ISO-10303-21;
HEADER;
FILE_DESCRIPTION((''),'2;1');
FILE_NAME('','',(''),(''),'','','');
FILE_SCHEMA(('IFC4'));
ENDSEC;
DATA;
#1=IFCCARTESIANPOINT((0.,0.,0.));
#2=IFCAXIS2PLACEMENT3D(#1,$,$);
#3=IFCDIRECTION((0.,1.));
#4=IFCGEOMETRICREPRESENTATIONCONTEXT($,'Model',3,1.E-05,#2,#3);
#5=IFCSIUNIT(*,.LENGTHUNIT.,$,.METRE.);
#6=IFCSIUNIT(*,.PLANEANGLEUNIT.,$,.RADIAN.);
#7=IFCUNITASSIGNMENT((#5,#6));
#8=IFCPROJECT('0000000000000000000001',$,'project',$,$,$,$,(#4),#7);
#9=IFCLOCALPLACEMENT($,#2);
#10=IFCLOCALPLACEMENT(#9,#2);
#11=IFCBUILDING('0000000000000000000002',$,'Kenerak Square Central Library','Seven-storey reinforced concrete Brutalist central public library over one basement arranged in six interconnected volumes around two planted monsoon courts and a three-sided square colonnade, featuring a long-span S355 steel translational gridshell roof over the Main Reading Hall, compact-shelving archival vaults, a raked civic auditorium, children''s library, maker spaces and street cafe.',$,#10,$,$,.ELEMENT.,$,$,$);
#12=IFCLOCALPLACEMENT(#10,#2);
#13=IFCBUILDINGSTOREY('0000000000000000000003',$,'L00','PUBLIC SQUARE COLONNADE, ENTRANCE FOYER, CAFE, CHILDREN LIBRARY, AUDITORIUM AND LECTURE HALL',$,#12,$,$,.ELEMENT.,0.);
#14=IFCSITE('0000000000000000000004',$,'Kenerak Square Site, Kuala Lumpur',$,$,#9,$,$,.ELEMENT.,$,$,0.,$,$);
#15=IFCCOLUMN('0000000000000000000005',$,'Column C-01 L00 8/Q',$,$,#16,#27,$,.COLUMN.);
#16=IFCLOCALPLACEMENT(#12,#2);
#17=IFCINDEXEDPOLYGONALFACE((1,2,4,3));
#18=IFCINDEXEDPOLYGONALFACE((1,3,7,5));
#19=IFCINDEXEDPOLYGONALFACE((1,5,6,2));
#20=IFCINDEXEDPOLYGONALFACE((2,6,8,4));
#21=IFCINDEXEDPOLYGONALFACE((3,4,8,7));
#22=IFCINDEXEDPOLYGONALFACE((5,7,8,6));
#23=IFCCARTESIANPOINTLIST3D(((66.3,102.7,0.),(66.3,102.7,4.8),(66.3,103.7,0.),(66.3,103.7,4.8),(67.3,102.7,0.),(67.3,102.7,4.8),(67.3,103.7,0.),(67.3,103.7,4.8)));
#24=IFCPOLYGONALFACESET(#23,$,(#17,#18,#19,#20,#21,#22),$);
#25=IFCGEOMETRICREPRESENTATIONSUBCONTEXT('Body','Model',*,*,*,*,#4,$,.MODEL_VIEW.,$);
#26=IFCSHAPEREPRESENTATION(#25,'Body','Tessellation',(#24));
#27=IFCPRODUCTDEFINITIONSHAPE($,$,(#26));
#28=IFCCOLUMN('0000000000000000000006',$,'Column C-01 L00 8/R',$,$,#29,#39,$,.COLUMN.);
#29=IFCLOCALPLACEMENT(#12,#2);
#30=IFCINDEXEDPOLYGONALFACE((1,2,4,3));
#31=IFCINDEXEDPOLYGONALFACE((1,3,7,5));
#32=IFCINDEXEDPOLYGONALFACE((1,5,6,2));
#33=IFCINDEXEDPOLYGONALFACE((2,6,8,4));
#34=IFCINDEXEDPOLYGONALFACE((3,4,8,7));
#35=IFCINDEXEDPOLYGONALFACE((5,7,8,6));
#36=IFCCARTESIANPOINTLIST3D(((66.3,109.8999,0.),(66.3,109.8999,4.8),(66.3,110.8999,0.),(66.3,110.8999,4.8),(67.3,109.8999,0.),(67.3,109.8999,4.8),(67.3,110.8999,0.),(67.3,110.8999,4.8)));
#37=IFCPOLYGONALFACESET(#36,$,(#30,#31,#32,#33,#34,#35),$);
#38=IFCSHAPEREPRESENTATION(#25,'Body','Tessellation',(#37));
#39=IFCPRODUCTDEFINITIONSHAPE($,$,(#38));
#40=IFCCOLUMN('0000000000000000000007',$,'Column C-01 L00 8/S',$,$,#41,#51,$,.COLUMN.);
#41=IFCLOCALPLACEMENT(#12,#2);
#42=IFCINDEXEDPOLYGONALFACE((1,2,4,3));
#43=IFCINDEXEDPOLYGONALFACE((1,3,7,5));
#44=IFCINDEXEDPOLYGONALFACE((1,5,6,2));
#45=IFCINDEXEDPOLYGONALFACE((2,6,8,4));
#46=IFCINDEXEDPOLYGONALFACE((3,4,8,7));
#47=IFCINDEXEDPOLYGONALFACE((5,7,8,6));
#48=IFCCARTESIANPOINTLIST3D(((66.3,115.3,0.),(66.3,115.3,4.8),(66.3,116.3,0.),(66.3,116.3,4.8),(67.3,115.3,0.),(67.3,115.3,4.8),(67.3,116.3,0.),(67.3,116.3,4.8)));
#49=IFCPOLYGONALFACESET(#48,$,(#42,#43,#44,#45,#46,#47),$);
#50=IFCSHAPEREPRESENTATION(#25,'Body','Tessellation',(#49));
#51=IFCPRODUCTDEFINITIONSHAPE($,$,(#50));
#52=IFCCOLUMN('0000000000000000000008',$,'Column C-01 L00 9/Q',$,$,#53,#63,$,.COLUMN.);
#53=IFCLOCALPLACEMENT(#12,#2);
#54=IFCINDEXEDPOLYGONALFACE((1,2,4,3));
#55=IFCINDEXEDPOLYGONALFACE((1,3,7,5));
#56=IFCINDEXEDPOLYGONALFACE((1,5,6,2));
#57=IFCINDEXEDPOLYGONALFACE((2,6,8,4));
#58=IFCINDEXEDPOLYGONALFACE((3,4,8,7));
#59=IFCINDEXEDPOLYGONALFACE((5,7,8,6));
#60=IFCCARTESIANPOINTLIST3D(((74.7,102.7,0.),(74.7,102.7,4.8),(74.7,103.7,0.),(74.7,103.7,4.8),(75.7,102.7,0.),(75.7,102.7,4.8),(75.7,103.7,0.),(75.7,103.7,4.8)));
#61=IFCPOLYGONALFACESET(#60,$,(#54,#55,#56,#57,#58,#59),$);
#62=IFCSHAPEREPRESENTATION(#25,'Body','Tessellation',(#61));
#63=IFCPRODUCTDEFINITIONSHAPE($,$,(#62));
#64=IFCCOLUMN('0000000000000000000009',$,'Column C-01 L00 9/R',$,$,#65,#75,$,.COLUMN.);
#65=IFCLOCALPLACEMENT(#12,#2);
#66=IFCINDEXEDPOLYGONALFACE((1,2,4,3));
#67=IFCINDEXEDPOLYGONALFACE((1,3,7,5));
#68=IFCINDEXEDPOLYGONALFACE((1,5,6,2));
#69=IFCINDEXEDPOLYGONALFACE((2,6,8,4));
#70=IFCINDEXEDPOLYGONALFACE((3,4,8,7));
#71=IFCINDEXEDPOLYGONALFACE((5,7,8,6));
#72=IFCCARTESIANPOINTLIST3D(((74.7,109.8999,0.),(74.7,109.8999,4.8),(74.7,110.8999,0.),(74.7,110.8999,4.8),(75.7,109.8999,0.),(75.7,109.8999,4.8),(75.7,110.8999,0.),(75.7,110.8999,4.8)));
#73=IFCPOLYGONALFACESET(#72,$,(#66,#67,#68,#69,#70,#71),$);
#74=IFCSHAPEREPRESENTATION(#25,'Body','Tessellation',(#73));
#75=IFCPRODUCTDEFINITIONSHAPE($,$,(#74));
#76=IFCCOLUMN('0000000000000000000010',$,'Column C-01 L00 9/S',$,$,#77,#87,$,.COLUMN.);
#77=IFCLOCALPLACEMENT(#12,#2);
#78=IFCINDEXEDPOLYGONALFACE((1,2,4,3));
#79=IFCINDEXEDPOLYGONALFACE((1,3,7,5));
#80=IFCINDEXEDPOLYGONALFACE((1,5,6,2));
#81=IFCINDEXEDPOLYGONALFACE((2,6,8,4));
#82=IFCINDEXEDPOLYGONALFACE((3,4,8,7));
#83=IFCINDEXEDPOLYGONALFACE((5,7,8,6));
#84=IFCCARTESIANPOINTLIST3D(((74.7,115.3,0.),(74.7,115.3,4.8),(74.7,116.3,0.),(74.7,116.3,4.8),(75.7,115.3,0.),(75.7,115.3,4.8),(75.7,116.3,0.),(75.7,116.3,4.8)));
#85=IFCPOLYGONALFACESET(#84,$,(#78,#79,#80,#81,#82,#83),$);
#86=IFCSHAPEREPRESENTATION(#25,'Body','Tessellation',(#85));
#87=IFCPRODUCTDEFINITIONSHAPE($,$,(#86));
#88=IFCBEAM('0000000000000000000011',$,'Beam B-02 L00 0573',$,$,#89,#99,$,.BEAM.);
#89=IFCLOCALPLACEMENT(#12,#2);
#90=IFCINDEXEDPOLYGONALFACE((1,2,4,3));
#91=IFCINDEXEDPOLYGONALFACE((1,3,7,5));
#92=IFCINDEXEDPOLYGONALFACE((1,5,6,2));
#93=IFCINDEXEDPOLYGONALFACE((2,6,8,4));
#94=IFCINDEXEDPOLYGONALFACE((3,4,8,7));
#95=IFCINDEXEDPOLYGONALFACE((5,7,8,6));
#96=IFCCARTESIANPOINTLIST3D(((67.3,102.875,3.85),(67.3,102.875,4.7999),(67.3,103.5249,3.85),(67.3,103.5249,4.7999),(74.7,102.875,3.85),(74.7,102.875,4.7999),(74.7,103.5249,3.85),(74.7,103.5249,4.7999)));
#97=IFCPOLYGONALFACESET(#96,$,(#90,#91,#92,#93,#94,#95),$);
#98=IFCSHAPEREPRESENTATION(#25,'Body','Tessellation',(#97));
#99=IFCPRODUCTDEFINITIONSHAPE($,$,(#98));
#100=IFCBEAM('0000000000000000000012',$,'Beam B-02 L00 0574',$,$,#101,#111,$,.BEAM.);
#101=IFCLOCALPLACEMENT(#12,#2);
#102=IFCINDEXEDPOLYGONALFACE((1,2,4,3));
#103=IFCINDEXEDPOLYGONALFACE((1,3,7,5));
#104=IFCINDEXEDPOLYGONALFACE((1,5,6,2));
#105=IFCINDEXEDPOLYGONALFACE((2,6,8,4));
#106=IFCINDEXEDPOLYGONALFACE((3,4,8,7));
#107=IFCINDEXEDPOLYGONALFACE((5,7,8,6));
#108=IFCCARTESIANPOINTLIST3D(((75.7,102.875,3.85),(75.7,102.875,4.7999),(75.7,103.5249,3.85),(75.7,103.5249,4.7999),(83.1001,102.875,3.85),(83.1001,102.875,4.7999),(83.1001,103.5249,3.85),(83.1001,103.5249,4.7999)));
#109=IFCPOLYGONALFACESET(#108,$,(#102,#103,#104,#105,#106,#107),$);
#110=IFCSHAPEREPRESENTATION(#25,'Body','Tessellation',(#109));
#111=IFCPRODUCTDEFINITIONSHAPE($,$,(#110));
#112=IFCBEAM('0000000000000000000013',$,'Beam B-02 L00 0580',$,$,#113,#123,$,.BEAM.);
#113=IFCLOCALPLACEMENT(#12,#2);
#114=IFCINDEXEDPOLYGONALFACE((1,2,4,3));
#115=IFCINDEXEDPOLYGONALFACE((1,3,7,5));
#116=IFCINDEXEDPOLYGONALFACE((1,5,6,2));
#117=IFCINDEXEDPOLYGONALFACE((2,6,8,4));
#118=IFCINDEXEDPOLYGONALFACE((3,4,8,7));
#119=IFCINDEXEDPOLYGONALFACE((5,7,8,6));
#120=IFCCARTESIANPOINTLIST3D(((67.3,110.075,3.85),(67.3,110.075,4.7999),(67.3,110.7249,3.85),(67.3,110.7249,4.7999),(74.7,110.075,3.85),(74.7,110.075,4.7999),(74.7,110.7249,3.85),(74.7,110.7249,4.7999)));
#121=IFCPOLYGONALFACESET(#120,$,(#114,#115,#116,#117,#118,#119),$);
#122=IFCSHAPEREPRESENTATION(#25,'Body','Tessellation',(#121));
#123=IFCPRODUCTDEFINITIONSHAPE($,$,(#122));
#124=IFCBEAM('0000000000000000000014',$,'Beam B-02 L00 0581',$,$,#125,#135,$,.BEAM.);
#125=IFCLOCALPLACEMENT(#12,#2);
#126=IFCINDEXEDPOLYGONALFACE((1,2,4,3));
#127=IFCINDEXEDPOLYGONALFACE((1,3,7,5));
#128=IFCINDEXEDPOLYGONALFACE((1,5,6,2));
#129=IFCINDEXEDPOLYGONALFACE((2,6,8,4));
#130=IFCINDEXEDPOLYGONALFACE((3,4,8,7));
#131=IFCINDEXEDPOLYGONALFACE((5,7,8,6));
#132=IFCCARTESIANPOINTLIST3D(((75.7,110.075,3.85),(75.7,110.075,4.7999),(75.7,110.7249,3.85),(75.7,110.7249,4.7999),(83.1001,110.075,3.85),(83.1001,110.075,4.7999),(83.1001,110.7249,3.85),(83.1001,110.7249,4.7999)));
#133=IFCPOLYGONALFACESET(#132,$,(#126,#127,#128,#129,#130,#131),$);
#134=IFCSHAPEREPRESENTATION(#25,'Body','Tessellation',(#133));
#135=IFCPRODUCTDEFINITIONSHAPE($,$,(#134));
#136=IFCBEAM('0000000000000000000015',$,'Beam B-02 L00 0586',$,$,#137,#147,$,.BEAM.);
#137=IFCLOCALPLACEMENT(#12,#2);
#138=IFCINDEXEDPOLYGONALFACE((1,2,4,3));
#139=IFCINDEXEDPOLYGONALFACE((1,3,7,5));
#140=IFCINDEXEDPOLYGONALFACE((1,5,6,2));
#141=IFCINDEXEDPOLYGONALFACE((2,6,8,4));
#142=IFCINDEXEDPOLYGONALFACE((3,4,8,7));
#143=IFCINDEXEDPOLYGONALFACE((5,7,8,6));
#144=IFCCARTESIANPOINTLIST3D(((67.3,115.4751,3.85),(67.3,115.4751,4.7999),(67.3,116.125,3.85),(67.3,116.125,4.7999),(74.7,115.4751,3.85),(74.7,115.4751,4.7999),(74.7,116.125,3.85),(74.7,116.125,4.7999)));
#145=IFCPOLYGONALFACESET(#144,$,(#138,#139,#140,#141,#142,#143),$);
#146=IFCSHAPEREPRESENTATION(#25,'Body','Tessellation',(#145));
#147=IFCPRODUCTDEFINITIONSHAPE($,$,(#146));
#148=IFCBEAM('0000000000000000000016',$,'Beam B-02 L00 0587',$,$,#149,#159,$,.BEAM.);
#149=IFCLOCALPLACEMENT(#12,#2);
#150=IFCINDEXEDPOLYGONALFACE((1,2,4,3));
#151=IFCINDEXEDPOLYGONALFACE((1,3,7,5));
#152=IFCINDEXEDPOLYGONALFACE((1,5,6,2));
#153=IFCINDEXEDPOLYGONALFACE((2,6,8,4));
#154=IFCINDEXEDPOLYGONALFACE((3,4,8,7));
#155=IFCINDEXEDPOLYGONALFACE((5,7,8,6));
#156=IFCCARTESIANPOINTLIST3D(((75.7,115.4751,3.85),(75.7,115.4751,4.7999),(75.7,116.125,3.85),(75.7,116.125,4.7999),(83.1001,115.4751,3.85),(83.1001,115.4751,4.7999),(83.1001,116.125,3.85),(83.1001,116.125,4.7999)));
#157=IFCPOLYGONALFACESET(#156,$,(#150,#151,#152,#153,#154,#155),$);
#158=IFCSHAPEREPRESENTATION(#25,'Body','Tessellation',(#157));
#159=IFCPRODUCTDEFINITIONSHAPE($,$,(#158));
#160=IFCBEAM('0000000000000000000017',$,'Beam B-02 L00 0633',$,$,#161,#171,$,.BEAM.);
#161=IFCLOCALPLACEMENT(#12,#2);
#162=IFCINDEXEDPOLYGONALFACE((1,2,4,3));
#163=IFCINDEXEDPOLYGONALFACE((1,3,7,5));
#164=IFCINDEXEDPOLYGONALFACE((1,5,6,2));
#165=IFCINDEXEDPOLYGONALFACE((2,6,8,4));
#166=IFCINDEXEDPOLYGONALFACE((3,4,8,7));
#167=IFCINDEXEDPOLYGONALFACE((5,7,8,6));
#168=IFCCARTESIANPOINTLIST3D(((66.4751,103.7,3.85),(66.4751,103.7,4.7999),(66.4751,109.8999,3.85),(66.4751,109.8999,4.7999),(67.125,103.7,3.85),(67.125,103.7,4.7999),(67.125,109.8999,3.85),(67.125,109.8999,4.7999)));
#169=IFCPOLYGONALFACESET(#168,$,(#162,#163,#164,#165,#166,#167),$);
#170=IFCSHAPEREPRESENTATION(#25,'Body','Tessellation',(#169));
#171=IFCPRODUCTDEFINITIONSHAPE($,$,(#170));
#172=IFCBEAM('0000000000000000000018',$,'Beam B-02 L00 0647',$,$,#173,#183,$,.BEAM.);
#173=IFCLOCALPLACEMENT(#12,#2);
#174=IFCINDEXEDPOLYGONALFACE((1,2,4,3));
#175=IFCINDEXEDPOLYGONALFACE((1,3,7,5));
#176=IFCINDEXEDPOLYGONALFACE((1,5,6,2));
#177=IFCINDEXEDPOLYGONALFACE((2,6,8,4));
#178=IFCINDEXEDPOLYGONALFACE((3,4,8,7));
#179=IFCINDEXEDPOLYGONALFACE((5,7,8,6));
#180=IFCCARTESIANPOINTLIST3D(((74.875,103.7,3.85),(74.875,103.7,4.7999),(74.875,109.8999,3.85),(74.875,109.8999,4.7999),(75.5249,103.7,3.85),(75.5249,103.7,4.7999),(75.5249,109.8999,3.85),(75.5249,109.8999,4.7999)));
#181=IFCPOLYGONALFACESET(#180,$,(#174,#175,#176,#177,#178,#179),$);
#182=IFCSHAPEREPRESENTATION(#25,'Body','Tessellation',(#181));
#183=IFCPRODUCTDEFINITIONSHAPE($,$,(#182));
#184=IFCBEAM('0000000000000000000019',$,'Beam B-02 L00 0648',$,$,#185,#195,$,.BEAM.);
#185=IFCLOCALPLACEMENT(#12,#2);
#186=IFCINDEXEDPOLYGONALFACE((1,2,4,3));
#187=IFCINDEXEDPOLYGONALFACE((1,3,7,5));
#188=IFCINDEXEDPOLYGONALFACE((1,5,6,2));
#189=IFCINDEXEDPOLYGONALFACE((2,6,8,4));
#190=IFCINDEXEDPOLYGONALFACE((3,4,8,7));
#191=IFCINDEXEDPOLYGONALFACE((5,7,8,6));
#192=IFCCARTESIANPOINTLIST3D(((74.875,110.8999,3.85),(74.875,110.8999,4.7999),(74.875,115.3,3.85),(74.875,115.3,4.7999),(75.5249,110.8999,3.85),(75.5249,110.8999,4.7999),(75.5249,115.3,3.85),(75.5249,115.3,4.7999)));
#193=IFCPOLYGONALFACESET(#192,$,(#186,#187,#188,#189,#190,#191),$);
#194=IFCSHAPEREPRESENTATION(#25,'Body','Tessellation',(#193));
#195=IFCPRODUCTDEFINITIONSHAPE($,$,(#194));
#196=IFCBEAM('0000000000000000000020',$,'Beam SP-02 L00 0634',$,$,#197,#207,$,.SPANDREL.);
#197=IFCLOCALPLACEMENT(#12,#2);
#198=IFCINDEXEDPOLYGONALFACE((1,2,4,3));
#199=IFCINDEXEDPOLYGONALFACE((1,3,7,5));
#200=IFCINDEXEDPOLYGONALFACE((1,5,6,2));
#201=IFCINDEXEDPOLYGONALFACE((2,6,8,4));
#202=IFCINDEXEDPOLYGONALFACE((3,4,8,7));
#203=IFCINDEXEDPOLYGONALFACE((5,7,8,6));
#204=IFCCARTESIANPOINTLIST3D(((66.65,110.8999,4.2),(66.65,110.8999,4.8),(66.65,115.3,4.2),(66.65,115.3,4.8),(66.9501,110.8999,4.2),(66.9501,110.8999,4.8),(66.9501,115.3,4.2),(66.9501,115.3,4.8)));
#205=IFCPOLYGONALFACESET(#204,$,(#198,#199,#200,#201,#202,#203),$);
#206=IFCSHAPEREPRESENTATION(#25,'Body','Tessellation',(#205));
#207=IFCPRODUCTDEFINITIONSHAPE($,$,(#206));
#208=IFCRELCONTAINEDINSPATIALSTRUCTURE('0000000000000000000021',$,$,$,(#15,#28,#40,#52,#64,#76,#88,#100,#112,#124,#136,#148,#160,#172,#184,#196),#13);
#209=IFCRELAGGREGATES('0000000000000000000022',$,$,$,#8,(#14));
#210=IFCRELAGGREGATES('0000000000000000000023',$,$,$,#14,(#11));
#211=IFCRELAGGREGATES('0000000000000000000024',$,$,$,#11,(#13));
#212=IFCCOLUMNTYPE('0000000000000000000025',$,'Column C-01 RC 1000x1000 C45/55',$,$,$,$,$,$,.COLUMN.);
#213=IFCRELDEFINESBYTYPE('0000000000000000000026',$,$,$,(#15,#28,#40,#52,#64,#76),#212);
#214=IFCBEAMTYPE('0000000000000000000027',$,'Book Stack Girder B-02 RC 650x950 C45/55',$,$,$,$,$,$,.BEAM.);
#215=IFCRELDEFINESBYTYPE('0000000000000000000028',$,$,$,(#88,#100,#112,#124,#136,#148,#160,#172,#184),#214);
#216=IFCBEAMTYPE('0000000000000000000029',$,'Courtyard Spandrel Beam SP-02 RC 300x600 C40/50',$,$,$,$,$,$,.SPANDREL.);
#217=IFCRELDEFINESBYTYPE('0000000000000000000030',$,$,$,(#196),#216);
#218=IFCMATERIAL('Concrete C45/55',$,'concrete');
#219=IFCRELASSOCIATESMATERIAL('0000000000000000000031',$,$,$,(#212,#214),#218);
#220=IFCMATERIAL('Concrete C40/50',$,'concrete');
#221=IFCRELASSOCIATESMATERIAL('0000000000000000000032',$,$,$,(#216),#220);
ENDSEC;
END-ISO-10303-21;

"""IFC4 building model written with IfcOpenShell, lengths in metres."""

from ifc_helpers import new_model, si_unit, direction, frame, origin, origin_2d, place, context, subcontext, project, spatial, rectangle, extrude, material, material_profile, profile_set, type_object, element, save


model = new_model("IFC4")

# Units and contexts
model_context = context("Model", 3, precision=1e-05, world=origin(), true_north=direction((0.0, 1.0)))
body_context = subcontext(model_context, "Body", "Model", "MODEL_VIEW")
ifc_project = project(units=[si_unit("LENGTHUNIT", "METRE"), si_unit("PLANEANGLEUNIT", "RADIAN")], contexts=[model_context])

# Site, building, storey
site_placement = place(None, origin())
site = spatial("IfcSite", under=ifc_project, at=site_placement, Name="Kenerak Square Site, Kuala Lumpur", CompositionType="ELEMENT", RefElevation=0.0)
building_placement = place(site_placement, origin())
building = spatial("IfcBuilding", under=site, at=building_placement, Name="Kenerak Square Central Library", Description="Seven-storey reinforced concrete Brutalist central public library over one basement arranged in six interconnected volumes around two planted monsoon courts and a three-sided square colonnade, featuring a long-span S355 steel translational gridshell roof over the Main Reading Hall, compact-shelving archival vaults, a raked civic auditorium, children's library, maker spaces and street cafe.", CompositionType="ELEMENT")
storey_placement = place(building_placement, origin())
storey = spatial("IfcBuildingStorey", under=building, at=storey_placement, Name="L00", Description="PUBLIC SQUARE COLONNADE, ENTRANCE FOYER, CAFE, CHILDREN LIBRARY, AUDITORIUM AND LECTURE HALL", CompositionType="ELEMENT", Elevation=0.0)

# Columns
ifc_material_1 = material(Name="Concrete C45/55", Category="concrete")
ifc_material_profile_1 = material_profile(ifc_material_1, rectangle(XDim=1.0, YDim=1.0, at=origin_2d()), Name="RC 1000x1000")
ifc_profile_set_1 = profile_set([ifc_material_profile_1], Name="Concrete C45/55")
column_type = type_object("IfcColumnType", Name="Column C-01 RC 1000x1000 C45/55", PredefinedType="COLUMN", material=ifc_profile_set_1)
for number, where, z_axis, x_axis, name in (
    (1, (66.8, 103.2, 0.0), (0.0, 0.0, 1.0), (1.0, 0.0, 0.0), "Column C-01 L00 8/Q"),
    (2, (66.8, 110.3999, 0.0), (0.0, 0.0, 1.0), (1.0, 0.0, 0.0), "Column C-01 L00 8/R"),
    (3, (66.8, 115.8, 0.0), (0.0, 0.0, 1.0), (1.0, 0.0, 0.0), "Column C-01 L00 8/S"),
    (4, (75.2, 103.2, 0.0), (0.0, 0.0, 1.0), (1.0, 0.0, 0.0), "Column C-01 L00 9/Q"),
    (5, (75.2, 110.3999, 0.0), (0.0, 0.0, 1.0), (1.0, 0.0, 0.0), "Column C-01 L00 9/R"),
    (6, (75.2, 115.8, 0.0), (0.0, 0.0, 1.0), (1.0, 0.0, 0.0), "Column C-01 L00 9/S"),
):
    element("IfcColumn", number, at=place(storey_placement, frame(where, z_axis=z_axis, x_axis=x_axis)), inside=storey, type_object=column_type, Name=name, PredefinedType="COLUMN", context=body_context, shape_type="SweptSolid", body=[
        extrude(rectangle(XDim=1.0, YDim=1.0, at=origin_2d()), origin(), (0.0, 0.0, 1.0), 4.8),
    ])

# Beams
ifc_material_profile_2 = material_profile(ifc_material_1, rectangle(XDim=0.6499, YDim=0.95, at=origin_2d()), Name="RC 650x950")
ifc_profile_set_2 = profile_set([ifc_material_profile_2], Name="Concrete C45/55")
beam_type_1 = type_object("IfcBeamType", Name="Book Stack Girder B-02 RC 650x950 C45/55", PredefinedType="BEAM", material=ifc_profile_set_2)
beam_1_placement = place(storey_placement, frame((67.3, 103.2, 4.325), z_axis=(1.0, 0.0, 0.0), x_axis=(0.0, 1.0, 0.0)))
element("IfcBeam", 7, at=beam_1_placement, inside=storey, type_object=beam_type_1, Name="Beam B-02 L00 0573", PredefinedType="BEAM", context=body_context, shape_type="SweptSolid", body=[
    extrude(rectangle(XDim=0.6499, YDim=0.95, at=origin_2d()), origin(), (0.0, 0.0, 1.0), 7.3999),
])
beam_2_placement = place(storey_placement, frame((75.7, 103.2, 4.325), z_axis=(1.0, 0.0, 0.0), x_axis=(0.0, 1.0, 0.0)))
element("IfcBeam", 8, at=beam_2_placement, inside=storey, type_object=beam_type_1, Name="Beam B-02 L00 0574", PredefinedType="BEAM", context=body_context, shape_type="SweptSolid", body=[
    extrude(rectangle(XDim=0.6499, YDim=0.95, at=origin_2d()), origin(), (0.0, 0.0, 1.0), 7.4001),
])
beam_3_placement = place(storey_placement, frame((67.3, 110.3999, 4.325), z_axis=(1.0, 0.0, 0.0), x_axis=(0.0, 1.0, 0.0)))
element("IfcBeam", 9, at=beam_3_placement, inside=storey, type_object=beam_type_1, Name="Beam B-02 L00 0580", PredefinedType="BEAM", context=body_context, shape_type="SweptSolid", body=[
    extrude(rectangle(XDim=0.6499, YDim=0.95, at=origin_2d()), origin(), (0.0, 0.0, 1.0), 7.3999),
])
beam_4_placement = place(storey_placement, frame((75.7, 110.3999, 4.325), z_axis=(1.0, 0.0, 0.0), x_axis=(0.0, 1.0, 0.0)))
element("IfcBeam", 10, at=beam_4_placement, inside=storey, type_object=beam_type_1, Name="Beam B-02 L00 0581", PredefinedType="BEAM", context=body_context, shape_type="SweptSolid", body=[
    extrude(rectangle(XDim=0.6499, YDim=0.95, at=origin_2d()), origin(), (0.0, 0.0, 1.0), 7.4001),
])
beam_5_placement = place(storey_placement, frame((67.3, 115.8, 4.325), z_axis=(1.0, 0.0, 0.0), x_axis=(0.0, 1.0, 0.0)))
element("IfcBeam", 11, at=beam_5_placement, inside=storey, type_object=beam_type_1, Name="Beam B-02 L00 0586", PredefinedType="BEAM", context=body_context, shape_type="SweptSolid", body=[
    extrude(rectangle(XDim=0.6499, YDim=0.95, at=origin_2d()), origin(), (0.0, 0.0, 1.0), 7.3999),
])
beam_6_placement = place(storey_placement, frame((75.7, 115.8, 4.325), z_axis=(1.0, 0.0, 0.0), x_axis=(0.0, 1.0, 0.0)))
element("IfcBeam", 12, at=beam_6_placement, inside=storey, type_object=beam_type_1, Name="Beam B-02 L00 0587", PredefinedType="BEAM", context=body_context, shape_type="SweptSolid", body=[
    extrude(rectangle(XDim=0.6499, YDim=0.95, at=origin_2d()), origin(), (0.0, 0.0, 1.0), 7.4001),
])
for number, where, z_axis, x_axis, name in (
    (13, (66.8, 103.7, 4.325), (0.0, 1.0, 0.0), (-1.0, 0.0, 0.0), "Beam B-02 L00 0633"),
    (14, (75.2, 103.7, 4.325), (0.0, 1.0, 0.0), (-1.0, 0.0, 0.0), "Beam B-02 L00 0647"),
):
    element("IfcBeam", number, at=place(storey_placement, frame(where, z_axis=z_axis, x_axis=x_axis)), inside=storey, type_object=beam_type_1, Name=name, PredefinedType="BEAM", context=body_context, shape_type="SweptSolid", body=[
        extrude(rectangle(XDim=0.6499, YDim=0.95, at=origin_2d()), origin(), (0.0, 0.0, 1.0), 6.2),
    ])
beam_7_placement = place(storey_placement, frame((75.2, 110.8999, 4.325), z_axis=(0.0, 1.0, 0.0), x_axis=(-1.0, 0.0, 0.0)))
element("IfcBeam", 15, at=beam_7_placement, inside=storey, type_object=beam_type_1, Name="Beam B-02 L00 0648", PredefinedType="BEAM", context=body_context, shape_type="SweptSolid", body=[
    extrude(rectangle(XDim=0.6499, YDim=0.95, at=origin_2d()), origin(), (0.0, 0.0, 1.0), 4.4001),
])
ifc_material_2 = material(Name="Concrete C40/50", Category="concrete")
ifc_material_profile_3 = material_profile(ifc_material_2, rectangle(XDim=0.3, YDim=0.6001, at=origin_2d()), Name="RC 300x600")
ifc_profile_set_3 = profile_set([ifc_material_profile_3], Name="Concrete C40/50")
beam_type_2 = type_object("IfcBeamType", Name="Courtyard Spandrel Beam SP-02 RC 300x600 C40/50", PredefinedType="SPANDREL", material=ifc_profile_set_3)
beam_8_placement = place(storey_placement, frame((66.8, 110.8999, 4.5), z_axis=(0.0, 1.0, 0.0), x_axis=(-1.0, 0.0, 0.0)))
element("IfcBeam", 16, at=beam_8_placement, inside=storey, type_object=beam_type_2, Name="Beam SP-02 L00 0634", PredefinedType="SPANDREL", context=body_context, shape_type="SweptSolid", body=[
    extrude(rectangle(XDim=0.3, YDim=0.6001, at=origin_2d()), origin(), (0.0, 0.0, 1.0), 4.4001),
])

save(model, "model.ifc")
